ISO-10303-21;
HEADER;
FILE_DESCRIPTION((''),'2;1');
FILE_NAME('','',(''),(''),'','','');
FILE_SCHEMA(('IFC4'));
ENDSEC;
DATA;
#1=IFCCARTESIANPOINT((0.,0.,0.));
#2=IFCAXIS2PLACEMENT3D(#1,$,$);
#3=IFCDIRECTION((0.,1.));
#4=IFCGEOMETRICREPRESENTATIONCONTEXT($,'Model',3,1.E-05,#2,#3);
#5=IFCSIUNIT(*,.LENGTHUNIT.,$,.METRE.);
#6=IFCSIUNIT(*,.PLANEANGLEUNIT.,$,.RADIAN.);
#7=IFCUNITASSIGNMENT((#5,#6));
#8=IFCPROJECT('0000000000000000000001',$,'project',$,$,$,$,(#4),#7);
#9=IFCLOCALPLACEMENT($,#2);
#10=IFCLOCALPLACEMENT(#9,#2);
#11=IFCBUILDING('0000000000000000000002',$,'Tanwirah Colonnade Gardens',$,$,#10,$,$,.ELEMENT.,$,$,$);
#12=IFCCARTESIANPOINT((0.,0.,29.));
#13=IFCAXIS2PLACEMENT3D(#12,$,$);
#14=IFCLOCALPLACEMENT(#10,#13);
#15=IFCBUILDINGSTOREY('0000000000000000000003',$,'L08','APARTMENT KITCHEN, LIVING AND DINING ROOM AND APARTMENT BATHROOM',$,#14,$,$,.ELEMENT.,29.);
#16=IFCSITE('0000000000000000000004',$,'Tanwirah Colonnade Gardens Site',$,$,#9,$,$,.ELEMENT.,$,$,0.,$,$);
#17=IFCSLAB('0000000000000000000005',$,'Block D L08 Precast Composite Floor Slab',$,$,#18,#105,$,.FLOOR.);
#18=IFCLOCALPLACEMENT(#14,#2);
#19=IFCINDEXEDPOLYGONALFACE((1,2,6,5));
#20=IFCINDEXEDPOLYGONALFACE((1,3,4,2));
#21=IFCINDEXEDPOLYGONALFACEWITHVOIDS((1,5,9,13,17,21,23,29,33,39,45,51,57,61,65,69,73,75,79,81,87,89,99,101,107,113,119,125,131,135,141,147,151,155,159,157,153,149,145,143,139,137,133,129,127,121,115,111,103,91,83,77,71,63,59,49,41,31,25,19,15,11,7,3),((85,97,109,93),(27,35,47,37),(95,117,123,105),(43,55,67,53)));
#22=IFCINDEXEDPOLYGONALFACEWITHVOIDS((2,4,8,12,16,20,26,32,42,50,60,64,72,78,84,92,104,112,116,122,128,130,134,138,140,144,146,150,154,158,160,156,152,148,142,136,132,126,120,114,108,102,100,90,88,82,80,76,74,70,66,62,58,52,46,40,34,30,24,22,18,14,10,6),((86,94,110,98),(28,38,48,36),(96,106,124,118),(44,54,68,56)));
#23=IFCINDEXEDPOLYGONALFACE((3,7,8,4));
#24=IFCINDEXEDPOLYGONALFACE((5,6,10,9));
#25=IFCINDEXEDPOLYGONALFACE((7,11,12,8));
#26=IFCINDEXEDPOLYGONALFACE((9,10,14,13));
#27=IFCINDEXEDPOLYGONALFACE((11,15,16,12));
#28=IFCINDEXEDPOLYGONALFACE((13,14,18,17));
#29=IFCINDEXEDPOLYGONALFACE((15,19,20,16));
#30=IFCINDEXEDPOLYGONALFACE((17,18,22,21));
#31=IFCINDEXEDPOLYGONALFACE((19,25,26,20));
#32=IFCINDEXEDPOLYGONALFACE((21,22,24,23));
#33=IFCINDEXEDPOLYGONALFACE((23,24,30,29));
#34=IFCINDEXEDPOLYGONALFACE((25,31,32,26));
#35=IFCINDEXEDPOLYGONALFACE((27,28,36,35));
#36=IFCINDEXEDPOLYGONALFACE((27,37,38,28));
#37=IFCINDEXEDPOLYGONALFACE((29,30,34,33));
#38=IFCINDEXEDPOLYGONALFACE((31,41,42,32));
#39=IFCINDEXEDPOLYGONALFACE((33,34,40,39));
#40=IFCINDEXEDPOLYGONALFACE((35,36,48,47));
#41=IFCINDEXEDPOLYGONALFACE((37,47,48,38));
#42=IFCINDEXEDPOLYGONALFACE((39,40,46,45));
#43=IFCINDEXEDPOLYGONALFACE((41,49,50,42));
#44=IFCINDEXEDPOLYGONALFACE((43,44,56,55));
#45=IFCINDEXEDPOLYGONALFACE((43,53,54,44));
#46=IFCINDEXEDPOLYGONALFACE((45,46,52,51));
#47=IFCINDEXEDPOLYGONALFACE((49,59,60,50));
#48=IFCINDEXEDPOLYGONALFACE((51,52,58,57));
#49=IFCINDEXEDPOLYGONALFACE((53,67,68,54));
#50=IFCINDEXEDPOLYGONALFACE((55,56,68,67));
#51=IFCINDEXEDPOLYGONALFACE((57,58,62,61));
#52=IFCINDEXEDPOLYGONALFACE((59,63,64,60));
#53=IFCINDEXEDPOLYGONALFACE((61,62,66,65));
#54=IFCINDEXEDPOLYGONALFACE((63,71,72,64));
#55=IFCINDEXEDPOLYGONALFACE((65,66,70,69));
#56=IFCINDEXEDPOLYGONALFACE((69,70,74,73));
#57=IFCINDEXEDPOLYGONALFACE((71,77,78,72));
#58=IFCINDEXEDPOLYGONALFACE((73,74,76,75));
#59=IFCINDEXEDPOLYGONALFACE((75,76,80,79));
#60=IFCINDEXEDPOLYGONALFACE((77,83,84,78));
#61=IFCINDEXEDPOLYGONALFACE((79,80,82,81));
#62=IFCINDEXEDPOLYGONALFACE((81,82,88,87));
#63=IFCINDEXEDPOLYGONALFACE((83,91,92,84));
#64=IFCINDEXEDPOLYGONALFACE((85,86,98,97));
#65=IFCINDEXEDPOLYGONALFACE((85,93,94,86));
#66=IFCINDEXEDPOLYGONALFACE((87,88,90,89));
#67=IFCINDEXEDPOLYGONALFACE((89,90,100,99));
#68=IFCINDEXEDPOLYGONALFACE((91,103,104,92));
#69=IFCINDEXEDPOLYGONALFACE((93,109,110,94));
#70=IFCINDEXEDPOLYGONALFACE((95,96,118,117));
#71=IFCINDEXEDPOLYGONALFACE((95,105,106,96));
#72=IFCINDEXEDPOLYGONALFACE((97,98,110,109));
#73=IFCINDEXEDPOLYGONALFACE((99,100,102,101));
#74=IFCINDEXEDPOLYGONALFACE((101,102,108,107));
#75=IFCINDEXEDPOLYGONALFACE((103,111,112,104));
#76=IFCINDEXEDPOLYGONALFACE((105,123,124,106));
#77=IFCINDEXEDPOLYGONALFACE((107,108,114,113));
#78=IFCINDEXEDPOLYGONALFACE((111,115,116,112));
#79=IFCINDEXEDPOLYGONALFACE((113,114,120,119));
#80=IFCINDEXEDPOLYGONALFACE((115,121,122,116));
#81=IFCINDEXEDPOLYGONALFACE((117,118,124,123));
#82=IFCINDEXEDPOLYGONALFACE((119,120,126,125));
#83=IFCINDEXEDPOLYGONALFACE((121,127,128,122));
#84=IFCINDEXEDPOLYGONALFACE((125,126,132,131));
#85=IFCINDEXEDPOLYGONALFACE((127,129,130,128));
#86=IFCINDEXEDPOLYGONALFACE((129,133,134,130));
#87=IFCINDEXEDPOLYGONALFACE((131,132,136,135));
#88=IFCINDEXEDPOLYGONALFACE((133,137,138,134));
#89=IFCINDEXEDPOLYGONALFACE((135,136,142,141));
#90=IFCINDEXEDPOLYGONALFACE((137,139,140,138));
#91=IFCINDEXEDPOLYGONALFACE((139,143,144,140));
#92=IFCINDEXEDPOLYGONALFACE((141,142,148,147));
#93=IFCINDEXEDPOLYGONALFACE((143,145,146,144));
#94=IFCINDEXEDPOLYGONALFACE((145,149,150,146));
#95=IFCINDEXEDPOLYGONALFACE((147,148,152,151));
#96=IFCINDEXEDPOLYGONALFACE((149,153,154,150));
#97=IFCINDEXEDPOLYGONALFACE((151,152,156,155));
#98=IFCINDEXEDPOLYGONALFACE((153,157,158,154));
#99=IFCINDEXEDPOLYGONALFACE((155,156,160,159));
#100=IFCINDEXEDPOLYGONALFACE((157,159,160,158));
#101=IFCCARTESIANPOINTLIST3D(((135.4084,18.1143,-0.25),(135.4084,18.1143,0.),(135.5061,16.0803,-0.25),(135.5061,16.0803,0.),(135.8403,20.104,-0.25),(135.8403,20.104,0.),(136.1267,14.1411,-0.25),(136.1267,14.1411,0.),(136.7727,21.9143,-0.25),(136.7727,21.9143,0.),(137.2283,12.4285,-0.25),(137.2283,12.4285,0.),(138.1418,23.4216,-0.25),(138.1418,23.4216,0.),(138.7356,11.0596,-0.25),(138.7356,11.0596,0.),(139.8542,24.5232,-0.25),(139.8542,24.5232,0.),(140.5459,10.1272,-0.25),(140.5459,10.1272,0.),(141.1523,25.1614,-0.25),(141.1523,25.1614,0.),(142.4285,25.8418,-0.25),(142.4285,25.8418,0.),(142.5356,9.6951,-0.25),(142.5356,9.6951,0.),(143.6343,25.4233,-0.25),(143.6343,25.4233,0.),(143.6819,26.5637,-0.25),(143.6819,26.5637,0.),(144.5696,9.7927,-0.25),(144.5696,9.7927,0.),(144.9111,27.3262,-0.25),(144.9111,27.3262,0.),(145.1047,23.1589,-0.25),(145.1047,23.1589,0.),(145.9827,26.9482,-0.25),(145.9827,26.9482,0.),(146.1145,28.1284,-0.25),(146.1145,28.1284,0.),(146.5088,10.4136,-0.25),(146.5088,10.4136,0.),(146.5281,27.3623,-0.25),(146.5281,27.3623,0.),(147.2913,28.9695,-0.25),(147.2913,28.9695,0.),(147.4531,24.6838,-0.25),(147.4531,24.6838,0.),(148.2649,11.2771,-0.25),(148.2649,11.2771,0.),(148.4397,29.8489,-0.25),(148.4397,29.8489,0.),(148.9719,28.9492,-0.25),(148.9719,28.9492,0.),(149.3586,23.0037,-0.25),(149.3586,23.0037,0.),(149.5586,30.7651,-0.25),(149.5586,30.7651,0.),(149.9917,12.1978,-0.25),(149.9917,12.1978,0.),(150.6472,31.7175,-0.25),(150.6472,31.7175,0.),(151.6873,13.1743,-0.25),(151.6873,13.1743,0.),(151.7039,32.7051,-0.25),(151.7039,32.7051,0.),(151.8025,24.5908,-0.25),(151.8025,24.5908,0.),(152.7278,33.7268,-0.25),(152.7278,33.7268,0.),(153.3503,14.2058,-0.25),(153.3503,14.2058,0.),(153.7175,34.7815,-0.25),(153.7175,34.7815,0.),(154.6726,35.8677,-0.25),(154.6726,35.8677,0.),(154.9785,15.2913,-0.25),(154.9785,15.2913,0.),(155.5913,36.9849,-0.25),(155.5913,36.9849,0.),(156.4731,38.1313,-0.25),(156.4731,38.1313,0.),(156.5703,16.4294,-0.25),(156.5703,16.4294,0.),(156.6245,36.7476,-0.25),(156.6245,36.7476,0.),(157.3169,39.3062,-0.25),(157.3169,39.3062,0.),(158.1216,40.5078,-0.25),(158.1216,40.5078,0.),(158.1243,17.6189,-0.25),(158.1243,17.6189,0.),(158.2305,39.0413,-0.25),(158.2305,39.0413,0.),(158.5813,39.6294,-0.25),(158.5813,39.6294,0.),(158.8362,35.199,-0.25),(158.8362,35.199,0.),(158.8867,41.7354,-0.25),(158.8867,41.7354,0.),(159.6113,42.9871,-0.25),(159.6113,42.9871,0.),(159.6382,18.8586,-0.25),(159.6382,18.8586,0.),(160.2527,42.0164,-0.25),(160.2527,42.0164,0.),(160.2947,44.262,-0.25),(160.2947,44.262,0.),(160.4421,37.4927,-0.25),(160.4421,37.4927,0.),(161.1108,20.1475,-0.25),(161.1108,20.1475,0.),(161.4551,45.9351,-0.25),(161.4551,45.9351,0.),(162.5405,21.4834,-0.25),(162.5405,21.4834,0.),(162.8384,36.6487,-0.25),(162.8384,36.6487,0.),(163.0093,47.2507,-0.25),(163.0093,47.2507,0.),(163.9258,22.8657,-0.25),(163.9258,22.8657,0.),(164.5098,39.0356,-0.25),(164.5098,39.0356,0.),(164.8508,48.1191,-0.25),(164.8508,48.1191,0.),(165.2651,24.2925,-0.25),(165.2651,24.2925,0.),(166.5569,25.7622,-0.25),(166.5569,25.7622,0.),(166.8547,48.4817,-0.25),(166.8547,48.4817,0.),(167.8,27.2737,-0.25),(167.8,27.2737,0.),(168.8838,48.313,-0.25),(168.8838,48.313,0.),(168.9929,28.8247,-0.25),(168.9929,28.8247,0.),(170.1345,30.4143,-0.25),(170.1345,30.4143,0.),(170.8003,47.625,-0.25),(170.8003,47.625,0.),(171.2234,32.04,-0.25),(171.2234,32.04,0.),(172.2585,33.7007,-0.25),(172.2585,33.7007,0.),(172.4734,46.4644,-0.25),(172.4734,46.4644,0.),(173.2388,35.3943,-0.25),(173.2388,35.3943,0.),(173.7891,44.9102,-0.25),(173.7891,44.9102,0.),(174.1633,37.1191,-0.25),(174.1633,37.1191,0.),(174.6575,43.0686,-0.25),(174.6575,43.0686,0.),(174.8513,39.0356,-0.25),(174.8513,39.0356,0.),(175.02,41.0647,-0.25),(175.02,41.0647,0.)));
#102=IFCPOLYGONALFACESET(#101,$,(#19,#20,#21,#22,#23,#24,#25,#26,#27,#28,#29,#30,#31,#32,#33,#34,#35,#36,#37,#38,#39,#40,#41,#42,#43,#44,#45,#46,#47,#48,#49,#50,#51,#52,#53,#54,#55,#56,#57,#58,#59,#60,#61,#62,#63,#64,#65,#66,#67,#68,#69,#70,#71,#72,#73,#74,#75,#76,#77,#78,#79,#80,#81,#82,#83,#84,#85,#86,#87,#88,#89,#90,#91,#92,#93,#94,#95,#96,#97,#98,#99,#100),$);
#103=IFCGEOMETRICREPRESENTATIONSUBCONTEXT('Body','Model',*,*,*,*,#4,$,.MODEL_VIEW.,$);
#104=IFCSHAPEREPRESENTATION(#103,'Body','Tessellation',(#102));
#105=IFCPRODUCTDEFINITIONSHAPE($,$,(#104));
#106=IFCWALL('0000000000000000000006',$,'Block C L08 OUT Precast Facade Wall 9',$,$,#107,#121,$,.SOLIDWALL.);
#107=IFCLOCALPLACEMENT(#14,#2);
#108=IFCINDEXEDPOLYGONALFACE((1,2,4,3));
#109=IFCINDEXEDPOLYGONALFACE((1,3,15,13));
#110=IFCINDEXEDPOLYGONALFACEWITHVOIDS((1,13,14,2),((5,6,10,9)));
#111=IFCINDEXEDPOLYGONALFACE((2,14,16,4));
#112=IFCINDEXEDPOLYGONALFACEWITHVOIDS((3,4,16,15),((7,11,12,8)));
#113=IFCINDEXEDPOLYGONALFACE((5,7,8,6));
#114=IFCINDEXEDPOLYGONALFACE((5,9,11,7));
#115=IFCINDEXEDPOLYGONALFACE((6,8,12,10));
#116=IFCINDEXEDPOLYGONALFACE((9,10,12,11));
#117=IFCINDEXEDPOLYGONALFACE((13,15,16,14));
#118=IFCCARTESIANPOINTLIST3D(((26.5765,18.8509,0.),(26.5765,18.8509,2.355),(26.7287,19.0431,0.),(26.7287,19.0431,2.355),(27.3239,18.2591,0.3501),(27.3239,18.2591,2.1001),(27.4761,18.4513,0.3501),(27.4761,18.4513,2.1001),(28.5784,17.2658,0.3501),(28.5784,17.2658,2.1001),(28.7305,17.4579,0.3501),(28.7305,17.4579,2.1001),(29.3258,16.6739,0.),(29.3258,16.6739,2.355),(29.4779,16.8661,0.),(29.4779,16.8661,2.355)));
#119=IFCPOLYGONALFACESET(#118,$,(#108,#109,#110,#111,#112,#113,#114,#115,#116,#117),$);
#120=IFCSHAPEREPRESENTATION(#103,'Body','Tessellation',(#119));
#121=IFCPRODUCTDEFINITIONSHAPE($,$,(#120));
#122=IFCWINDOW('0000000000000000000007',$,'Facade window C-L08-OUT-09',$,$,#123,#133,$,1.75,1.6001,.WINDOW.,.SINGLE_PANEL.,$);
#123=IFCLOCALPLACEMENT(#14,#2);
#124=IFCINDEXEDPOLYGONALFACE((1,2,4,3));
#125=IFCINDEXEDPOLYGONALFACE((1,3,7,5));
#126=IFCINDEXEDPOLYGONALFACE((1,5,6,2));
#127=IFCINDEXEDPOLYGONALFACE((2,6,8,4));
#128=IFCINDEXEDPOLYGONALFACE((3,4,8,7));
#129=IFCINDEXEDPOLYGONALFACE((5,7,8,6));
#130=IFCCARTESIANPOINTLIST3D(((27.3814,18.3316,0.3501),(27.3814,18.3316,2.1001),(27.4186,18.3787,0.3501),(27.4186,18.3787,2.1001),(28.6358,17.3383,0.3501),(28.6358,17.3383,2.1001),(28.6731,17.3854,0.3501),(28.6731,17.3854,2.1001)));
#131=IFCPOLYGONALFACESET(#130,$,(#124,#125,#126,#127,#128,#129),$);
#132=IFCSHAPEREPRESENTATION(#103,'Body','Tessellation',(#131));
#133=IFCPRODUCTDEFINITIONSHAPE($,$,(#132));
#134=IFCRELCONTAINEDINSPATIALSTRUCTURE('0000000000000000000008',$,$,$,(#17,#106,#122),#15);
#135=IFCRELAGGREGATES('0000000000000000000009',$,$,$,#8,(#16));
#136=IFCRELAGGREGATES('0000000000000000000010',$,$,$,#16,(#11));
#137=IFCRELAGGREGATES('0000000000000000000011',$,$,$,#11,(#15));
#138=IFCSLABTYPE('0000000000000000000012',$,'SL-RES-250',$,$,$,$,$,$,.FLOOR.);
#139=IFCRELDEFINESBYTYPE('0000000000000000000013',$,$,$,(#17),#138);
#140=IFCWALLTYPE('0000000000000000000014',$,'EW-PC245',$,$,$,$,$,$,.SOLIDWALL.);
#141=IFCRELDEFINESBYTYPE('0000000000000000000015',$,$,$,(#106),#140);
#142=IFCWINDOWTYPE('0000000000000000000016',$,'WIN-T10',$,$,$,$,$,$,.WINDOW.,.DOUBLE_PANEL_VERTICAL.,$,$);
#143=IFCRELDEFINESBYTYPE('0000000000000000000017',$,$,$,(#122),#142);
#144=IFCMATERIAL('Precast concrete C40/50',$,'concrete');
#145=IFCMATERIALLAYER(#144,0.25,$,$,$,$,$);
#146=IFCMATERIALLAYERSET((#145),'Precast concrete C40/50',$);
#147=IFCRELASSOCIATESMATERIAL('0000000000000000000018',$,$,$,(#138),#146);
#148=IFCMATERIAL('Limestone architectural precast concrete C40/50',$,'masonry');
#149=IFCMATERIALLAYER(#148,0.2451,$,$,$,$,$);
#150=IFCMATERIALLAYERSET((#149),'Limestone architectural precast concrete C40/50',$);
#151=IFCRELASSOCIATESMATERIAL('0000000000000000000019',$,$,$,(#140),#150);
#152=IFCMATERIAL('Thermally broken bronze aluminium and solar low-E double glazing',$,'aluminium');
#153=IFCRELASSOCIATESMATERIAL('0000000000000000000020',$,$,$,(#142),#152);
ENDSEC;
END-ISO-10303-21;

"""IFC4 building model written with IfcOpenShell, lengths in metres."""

from ifc_helpers import new_model, si_unit, direction, frame, frame_2d, origin, place, context, subcontext, project, spatial, polyline, rectangle, outline, extrude, material, layer, layer_set, type_object, element, fill, save


model = new_model("IFC4")

# Units and contexts
model_context = context("Model", 3, precision=1e-05, world=origin(), true_north=direction((0.0, 1.0)))
body_context = subcontext(model_context, "Body", "Model", "MODEL_VIEW")
ifc_project = project(units=[si_unit("LENGTHUNIT", "METRE"), si_unit("PLANEANGLEUNIT", "RADIAN")], contexts=[model_context])

# Site, building, storey
site_placement = place(None, origin())
site = spatial("IfcSite", under=ifc_project, at=site_placement, Name="Tanwirah Colonnade Gardens Site", CompositionType="ELEMENT", RefElevation=0.0)
building_placement = place(site_placement, origin())
building = spatial("IfcBuilding", under=site, at=building_placement, Name="Tanwirah Colonnade Gardens", CompositionType="ELEMENT")
storey_placement = place(building_placement, frame((0.0, 0.0, 29.0)))
storey = spatial("IfcBuildingStorey", under=building, at=storey_placement, Name="L08", Description="APARTMENT KITCHEN, LIVING AND DINING ROOM AND APARTMENT BATHROOM", CompositionType="ELEMENT", Elevation=29.0)

# Shared definitions
ifc_material_1 = material(Name="Precast concrete C40/50", Category="concrete")

# Slab
ifc_layer_1 = layer(ifc_material_1, 0.25)
ifc_layer_set_1 = layer_set([ifc_layer_1], Name="Precast concrete C40/50")
slab_type_1 = type_object("IfcSlabType", Name="SL-RES-250", PredefinedType="FLOOR", material=ifc_layer_set_1)
slab_1_placement = place(storey_placement, frame((0.0, 0.0, -0.25)))
element("IfcSlab", 1, at=slab_1_placement, inside=storey, type_object=slab_type_1, Name="Block D L08 Precast Composite Floor Slab", PredefinedType="FLOOR", context=body_context, shape_type="SweptSolid", body=[
    extrude(outline(polyline([(142.4285, 25.8418), (141.1523, 25.1614), (139.8542, 24.5232), (138.1418, 23.4216), (136.7727, 21.9143), (135.8403, 20.104), (135.4084, 18.1143), (135.5061, 16.0803), (136.1267, 14.1411), (137.2283, 12.4285), (138.7356, 11.0596), (140.5459, 10.1272), (142.5356, 9.6951), (144.5696, 9.7927), (146.5088, 10.4136), (148.2649, 11.2771), (149.9917, 12.1978), (151.6873, 13.1743), (153.3503, 14.2058), (154.9785, 15.2913), (156.5703, 16.4294), (158.1243, 17.6189), (159.6382, 18.8586), (161.1108, 20.1475), (162.5405, 21.4834), (163.9258, 22.8657), (165.2651, 24.2925), (166.5569, 25.7622), (167.8, 27.2737), (168.9929, 28.8247), (170.1345, 30.4143), (171.2234, 32.04), (172.2585, 33.7007), (173.2388, 35.3943), (174.1633, 37.1191), (174.8513, 39.0356), (175.02, 41.0647), (174.6575, 43.0686), (173.7891, 44.9102), (172.4734, 46.4644), (170.8003, 47.625), (168.8838, 48.313), (166.8547, 48.4817), (164.8508, 48.1191), (163.0093, 47.2507), (161.4551, 45.9351), (160.2947, 44.262), (159.6113, 42.9871), (158.8867, 41.7354), (158.1216, 40.5078), (157.3169, 39.3062), (156.4731, 38.1313), (155.5913, 36.9849), (154.6726, 35.8677), (153.7175, 34.7815), (152.7278, 33.7268), (151.7039, 32.7051), (150.6472, 31.7175), (149.5586, 30.7651), (148.4397, 29.8489), (147.2913, 28.9695), (146.1145, 28.1284), (144.9111, 27.3262), (143.6819, 26.5637), (142.4285, 25.8418)]), holes=[polyline([(149.3586, 23.0037), (146.5281, 27.3623), (148.9719, 28.9492), (151.8025, 24.5908), (149.3586, 23.0037)]), polyline([(143.6343, 25.4233), (145.9827, 26.9482), (147.4531, 24.6838), (145.1047, 23.1589), (143.6343, 25.4233)]), polyline([(160.2527, 42.0164), (164.5098, 39.0356), (162.8384, 36.6487), (158.5813, 39.6294), (160.2527, 42.0164)]), polyline([(160.4421, 37.4927), (158.8362, 35.199), (156.6245, 36.7476), (158.2305, 39.0413), (160.4421, 37.4927)])]), origin(), (0.0, 0.0, 1.0), 0.25),
])

# Shared definitions
ifc_material_2 = material(Name="Limestone architectural precast concrete C40/50", Category="masonry")
ifc_layer_2 = layer(ifc_material_2, 0.2451)
ifc_layer_set_2 = layer_set([ifc_layer_2], Name="Limestone architectural precast concrete C40/50")
wall_type = type_object("IfcWallType", Name="EW-PC245", PredefinedType="SOLIDWALL", material=ifc_layer_set_2)

# Wall, opening, window
wall_1_placement = place(storey_placement, frame((26.6526, 18.947, 0.0), z_axis=(0.0, 0.0, 1.0), x_axis=(0.783977, -0.62079, 0.0)))
wall_1 = element("IfcWall", 2, at=wall_1_placement, inside=storey, type_object=wall_type, Name="Block C L08 OUT Precast Facade Wall 9", PredefinedType="SOLIDWALL", context=body_context, shape_type="SweptSolid", body=[
    extrude(rectangle(XDim=3.5068, YDim=0.2451, at=frame_2d((1.7534, 0.0))), origin(), (0.0, 0.0, 1.0), 2.355),
])
opening_1_placement = place(wall_1_placement, frame((0.9534, 0.0, 0.3501)))
opening_1 = element("IfcOpeningElement", 3, at=opening_1_placement, cuts=wall_1, PredefinedType="OPENING", context=body_context, shape_type="SweptSolid", body=[
    extrude(rectangle(XDim=1.6001, YDim=1.75, at=frame_2d((0.8, 0.875))), frame((0.0, 0.1326, 0.0), z_axis=(0.0, -1.0, 0.0), x_axis=(1.0, 0.0, 0.0)), (0.0, 0.0, 1.0), 0.2651),
])
ifc_material_3 = material(Name="Thermally broken bronze aluminium and solar low-E double glazing", Category="aluminium")
window_type = type_object("IfcWindowType", Name="WIN-T10", PartitioningType="DOUBLE_PANEL_VERTICAL", PredefinedType="WINDOW", material=ifc_material_3)
window_placement = place(opening_1_placement, origin())
window = element("IfcWindow", 4, at=window_placement, inside=storey, type_object=window_type, Name="Facade window C-L08-OUT-09", OverallHeight=1.75, OverallWidth=1.6001, PartitioningType="SINGLE_PANEL", PredefinedType="WINDOW", context=body_context, shape_type="SweptSolid", body=[
    extrude(rectangle(XDim=1.6001, YDim=1.75, at=frame_2d((0.8, 0.875))), frame((0.0, 0.03, 0.0), z_axis=(0.0, -1.0, 0.0), x_axis=(1.0, 0.0, 0.0)), (0.0, 0.0, 1.0), 0.0601),
])
fill(opening_1, window)

save(model, "model.ifc")
